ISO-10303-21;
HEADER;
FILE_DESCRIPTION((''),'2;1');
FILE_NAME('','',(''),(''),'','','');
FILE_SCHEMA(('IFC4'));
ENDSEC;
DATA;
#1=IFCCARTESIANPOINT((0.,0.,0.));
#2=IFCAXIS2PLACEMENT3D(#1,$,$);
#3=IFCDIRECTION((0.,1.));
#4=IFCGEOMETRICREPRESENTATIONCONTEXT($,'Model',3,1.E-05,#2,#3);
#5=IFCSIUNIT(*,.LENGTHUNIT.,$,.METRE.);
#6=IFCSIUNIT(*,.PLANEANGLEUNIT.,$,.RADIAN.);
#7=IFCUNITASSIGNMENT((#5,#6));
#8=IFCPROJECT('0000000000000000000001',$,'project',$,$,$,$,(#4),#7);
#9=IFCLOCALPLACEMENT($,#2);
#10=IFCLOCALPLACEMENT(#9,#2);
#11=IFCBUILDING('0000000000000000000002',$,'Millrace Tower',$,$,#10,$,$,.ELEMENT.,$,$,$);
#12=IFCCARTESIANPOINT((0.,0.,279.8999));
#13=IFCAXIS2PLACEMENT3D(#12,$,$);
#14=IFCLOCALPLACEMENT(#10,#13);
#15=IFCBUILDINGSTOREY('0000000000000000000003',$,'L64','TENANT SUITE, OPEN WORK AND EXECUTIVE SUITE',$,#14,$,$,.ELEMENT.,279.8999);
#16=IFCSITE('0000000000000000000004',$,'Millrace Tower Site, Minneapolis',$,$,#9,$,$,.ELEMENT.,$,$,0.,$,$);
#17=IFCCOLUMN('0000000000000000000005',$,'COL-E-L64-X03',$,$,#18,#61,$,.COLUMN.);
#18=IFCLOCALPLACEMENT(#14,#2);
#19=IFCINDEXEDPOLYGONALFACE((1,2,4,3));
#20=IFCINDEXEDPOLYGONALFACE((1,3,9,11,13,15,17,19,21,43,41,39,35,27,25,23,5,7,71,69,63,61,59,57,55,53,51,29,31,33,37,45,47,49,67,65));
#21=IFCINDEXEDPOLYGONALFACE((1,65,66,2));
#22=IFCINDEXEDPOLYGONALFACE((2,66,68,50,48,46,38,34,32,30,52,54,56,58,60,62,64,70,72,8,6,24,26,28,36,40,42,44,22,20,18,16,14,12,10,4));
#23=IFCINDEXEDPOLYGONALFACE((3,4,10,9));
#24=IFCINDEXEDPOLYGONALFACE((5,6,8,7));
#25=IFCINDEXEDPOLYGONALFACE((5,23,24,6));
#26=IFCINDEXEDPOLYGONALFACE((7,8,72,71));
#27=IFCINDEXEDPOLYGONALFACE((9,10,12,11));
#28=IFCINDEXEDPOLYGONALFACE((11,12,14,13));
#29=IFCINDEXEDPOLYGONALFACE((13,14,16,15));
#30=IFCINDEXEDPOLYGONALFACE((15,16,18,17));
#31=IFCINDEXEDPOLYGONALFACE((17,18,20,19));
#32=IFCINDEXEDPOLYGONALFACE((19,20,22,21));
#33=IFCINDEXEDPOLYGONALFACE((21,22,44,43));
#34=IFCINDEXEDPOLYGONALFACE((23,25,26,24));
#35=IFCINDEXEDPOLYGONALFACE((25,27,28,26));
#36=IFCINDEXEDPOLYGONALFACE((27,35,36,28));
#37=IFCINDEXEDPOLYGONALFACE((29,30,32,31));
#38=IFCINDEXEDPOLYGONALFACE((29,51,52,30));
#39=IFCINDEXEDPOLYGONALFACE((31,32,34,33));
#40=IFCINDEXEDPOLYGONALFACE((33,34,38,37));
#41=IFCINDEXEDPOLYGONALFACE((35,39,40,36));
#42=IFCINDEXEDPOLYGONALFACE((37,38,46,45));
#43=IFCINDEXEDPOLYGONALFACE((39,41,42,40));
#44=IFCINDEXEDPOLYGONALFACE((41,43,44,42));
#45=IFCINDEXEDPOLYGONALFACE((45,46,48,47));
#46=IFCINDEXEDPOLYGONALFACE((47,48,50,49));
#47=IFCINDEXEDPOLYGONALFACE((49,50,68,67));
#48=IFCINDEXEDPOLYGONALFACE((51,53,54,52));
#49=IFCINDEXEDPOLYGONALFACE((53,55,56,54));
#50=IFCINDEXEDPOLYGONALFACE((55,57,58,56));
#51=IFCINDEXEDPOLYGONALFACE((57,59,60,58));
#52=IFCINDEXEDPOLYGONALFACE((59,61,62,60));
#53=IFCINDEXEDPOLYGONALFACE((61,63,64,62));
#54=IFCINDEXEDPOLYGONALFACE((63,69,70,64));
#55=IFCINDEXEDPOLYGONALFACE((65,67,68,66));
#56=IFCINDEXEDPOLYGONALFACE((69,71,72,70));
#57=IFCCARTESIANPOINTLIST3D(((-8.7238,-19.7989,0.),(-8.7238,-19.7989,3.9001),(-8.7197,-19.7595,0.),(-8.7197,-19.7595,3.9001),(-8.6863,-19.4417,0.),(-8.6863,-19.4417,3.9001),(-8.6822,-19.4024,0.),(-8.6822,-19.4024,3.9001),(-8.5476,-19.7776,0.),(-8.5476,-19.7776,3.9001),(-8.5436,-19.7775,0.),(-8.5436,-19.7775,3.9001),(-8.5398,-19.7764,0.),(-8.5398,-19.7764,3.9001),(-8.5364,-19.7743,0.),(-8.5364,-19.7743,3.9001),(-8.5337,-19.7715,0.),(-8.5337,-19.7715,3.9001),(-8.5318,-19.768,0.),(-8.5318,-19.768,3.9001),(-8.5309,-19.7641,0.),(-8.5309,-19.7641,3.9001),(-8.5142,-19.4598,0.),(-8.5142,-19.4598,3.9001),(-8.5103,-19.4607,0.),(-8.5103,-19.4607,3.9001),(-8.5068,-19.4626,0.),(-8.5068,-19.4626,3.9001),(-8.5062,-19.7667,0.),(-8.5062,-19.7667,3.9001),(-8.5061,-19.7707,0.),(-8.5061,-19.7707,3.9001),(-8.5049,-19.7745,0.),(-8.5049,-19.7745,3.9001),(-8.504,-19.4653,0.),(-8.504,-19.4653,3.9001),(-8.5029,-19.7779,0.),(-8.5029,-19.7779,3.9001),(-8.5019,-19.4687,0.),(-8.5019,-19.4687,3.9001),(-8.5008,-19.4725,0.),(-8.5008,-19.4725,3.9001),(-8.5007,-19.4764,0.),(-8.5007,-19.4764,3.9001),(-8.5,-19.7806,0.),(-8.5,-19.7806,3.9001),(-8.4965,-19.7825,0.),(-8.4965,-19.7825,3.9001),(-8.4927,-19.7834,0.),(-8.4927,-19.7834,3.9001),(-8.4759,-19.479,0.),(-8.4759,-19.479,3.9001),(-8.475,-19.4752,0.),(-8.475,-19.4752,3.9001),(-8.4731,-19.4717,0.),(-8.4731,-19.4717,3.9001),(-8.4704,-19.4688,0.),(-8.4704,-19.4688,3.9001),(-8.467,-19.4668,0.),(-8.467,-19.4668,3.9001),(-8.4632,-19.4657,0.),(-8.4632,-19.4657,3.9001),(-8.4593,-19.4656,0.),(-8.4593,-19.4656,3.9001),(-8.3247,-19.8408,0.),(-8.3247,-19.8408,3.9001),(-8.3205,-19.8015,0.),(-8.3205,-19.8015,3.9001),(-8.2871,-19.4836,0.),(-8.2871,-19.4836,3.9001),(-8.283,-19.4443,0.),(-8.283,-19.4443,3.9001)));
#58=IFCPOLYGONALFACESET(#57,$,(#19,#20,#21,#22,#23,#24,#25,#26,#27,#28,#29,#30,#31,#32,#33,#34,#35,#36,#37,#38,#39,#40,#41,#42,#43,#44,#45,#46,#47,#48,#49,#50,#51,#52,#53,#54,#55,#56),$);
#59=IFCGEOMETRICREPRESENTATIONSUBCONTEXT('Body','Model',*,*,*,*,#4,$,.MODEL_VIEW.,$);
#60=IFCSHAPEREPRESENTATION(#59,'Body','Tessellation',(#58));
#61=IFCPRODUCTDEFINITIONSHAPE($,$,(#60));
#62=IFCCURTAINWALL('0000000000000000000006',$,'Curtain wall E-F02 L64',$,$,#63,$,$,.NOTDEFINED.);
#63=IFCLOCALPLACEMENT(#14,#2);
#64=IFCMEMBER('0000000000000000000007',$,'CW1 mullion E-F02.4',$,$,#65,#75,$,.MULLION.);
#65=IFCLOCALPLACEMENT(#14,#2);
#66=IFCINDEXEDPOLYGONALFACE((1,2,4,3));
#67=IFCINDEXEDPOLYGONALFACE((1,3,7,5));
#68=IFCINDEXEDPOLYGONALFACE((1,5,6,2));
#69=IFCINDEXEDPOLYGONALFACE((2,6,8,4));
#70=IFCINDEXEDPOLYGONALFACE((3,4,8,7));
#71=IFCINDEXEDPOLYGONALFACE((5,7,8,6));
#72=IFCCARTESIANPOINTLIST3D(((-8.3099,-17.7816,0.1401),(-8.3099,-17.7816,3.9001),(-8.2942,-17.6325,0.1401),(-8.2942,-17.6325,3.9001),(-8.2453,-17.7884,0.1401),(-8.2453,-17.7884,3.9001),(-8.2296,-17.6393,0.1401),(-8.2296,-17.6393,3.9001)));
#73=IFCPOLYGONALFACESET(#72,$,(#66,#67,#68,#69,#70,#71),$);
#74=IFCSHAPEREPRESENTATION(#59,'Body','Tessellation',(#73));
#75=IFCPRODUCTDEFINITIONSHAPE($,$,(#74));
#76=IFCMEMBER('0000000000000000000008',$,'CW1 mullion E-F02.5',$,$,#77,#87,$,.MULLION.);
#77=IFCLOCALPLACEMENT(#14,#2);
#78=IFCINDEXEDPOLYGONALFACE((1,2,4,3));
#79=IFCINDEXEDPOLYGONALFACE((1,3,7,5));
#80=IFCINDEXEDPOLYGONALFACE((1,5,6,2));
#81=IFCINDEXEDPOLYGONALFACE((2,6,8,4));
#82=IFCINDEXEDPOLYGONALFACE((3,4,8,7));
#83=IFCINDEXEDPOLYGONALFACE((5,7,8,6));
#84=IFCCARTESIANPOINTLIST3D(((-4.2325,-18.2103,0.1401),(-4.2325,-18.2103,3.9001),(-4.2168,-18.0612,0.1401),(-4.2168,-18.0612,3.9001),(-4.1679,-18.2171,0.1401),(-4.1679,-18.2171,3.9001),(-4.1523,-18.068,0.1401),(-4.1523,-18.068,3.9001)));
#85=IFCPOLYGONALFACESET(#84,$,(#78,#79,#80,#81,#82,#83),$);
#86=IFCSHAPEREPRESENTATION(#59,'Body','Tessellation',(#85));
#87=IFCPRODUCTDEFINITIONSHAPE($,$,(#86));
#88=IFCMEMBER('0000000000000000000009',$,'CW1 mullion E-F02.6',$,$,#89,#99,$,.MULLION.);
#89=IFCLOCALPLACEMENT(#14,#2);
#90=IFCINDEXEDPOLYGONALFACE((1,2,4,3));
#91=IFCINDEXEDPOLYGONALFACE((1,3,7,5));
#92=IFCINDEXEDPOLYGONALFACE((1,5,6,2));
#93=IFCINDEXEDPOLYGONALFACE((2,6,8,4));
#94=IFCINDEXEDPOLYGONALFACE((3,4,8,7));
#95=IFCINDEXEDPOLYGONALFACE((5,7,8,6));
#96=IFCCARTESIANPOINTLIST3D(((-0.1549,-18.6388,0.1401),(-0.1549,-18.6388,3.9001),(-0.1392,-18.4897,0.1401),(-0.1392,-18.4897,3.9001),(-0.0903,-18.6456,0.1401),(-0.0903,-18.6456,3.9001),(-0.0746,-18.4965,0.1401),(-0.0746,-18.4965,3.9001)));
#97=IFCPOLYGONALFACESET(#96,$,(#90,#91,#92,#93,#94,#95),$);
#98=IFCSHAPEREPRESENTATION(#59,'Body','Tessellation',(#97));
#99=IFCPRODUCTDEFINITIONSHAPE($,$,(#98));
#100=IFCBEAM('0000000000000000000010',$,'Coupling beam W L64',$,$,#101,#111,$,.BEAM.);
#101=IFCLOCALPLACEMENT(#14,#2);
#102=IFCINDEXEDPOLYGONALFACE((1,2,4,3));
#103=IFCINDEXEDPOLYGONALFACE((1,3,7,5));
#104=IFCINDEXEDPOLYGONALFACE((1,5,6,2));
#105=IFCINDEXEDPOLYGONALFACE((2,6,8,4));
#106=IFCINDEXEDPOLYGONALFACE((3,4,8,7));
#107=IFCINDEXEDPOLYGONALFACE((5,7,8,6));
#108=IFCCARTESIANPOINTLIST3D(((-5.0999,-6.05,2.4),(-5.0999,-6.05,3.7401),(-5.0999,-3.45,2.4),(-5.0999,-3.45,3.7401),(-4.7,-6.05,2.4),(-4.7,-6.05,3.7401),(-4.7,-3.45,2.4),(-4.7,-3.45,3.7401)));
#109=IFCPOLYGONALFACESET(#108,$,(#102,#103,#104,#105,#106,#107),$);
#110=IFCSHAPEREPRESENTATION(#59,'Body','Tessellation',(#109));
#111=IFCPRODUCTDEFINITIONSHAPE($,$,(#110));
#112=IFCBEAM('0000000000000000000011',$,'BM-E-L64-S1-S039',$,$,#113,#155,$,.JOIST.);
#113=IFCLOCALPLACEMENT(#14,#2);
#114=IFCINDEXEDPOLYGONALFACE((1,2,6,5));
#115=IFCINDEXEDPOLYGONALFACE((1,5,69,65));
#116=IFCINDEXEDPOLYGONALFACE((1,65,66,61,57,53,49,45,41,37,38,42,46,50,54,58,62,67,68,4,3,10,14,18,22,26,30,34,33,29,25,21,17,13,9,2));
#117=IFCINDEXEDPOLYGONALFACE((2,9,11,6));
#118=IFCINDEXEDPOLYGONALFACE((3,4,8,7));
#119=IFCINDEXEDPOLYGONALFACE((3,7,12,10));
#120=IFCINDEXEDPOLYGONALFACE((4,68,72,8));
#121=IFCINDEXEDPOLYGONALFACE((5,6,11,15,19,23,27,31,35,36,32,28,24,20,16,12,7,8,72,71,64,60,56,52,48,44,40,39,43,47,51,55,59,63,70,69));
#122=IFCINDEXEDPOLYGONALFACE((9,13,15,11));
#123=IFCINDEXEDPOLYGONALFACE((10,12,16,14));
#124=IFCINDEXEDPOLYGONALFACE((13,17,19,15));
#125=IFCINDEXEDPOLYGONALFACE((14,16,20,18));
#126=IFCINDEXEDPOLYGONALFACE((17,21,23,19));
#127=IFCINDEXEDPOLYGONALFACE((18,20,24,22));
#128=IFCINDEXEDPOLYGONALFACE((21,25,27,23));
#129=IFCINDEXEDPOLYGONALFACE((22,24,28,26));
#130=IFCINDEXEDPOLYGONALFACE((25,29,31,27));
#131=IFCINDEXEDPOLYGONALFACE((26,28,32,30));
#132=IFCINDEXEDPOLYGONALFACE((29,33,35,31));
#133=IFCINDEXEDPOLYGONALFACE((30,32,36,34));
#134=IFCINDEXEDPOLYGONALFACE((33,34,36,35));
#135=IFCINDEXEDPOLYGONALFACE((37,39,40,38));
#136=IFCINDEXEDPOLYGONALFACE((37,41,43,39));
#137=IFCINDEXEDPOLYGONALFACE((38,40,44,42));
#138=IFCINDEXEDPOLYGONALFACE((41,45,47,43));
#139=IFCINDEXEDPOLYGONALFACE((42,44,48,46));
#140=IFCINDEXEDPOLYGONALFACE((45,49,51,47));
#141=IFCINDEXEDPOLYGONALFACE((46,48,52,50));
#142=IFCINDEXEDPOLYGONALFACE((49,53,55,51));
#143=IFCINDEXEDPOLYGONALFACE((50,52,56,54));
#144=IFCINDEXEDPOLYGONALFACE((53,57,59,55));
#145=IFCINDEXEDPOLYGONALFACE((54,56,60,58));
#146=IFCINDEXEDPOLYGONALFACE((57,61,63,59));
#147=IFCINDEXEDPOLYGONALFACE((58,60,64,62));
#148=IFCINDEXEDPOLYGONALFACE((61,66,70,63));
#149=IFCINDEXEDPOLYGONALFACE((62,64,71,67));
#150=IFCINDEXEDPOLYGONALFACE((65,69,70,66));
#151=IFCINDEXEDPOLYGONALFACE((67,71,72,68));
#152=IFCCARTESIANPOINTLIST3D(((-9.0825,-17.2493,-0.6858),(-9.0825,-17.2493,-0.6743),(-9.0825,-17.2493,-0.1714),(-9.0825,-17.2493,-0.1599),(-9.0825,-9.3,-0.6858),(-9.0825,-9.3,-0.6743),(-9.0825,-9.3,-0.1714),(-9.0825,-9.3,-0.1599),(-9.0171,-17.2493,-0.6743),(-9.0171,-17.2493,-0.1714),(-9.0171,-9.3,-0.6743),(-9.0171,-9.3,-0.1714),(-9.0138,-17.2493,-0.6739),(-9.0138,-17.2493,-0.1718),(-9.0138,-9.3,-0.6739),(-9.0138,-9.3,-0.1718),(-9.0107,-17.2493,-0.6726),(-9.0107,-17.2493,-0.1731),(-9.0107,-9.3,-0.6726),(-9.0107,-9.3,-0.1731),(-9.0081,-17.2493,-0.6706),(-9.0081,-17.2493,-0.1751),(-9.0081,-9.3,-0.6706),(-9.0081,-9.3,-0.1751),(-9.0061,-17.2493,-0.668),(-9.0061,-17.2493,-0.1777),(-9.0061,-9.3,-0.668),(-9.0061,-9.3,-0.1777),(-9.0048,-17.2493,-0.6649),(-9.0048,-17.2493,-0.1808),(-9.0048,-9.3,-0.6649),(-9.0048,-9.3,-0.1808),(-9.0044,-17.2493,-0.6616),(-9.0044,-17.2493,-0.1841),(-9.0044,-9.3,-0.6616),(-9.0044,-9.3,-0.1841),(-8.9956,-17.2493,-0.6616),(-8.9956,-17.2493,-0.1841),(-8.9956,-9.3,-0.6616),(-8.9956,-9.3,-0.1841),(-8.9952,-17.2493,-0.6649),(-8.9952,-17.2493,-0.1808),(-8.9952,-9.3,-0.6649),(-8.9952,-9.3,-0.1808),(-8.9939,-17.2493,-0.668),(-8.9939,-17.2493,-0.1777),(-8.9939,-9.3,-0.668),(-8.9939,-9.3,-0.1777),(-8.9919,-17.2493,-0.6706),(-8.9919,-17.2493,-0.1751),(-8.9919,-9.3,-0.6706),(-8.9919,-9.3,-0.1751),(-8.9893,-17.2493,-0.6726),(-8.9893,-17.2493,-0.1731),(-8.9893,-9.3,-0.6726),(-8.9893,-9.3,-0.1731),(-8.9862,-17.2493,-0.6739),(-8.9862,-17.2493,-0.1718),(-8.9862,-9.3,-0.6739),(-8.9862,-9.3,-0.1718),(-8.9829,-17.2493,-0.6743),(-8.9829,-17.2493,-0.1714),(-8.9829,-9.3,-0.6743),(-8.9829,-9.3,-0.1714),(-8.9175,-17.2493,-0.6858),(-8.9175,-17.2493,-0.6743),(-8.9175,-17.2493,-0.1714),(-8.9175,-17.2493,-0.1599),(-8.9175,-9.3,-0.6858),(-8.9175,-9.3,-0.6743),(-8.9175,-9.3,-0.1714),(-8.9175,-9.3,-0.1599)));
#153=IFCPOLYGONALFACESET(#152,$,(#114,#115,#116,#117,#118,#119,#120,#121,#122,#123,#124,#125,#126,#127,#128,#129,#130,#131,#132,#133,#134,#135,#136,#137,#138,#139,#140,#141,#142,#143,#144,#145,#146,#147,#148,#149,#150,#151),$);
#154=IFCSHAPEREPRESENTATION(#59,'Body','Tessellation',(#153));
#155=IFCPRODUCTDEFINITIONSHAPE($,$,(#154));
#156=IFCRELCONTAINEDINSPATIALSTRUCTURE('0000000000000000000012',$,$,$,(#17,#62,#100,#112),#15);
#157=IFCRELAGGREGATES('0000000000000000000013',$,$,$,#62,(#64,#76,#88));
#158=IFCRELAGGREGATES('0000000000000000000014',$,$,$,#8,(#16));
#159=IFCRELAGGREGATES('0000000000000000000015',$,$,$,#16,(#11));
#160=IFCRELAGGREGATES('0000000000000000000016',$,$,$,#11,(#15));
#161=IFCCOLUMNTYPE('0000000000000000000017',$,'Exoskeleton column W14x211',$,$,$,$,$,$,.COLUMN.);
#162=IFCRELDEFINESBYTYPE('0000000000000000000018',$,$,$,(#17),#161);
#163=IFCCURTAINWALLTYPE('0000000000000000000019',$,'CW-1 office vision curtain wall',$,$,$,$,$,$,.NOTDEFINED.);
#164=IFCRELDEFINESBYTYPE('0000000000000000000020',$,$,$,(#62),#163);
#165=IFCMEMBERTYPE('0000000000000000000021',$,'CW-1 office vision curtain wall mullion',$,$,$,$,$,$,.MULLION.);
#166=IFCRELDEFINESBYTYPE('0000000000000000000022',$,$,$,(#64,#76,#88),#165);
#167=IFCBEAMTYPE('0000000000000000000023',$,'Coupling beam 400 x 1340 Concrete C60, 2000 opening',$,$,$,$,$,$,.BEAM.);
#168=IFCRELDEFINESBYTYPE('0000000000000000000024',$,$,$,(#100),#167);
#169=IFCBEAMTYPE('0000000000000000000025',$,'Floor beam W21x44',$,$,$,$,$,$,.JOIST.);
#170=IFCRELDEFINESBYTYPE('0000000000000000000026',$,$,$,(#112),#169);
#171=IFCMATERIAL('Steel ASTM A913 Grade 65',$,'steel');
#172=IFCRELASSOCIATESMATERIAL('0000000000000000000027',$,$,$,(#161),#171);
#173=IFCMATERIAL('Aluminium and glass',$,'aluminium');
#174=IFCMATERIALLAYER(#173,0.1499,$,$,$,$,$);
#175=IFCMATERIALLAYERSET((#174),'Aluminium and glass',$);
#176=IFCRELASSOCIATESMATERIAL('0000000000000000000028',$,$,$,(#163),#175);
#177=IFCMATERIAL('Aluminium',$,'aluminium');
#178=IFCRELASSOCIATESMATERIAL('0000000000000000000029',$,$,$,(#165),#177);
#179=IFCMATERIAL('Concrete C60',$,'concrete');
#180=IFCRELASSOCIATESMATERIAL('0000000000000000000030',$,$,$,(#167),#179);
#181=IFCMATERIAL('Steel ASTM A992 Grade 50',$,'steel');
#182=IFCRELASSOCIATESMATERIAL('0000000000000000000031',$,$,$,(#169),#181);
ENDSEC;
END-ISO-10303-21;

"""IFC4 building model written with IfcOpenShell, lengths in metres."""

from ifc_helpers import new_model, si_unit, direction, frame, origin, origin_2d, place, context, subcontext, project, spatial, rectangle, i_section, extrude, material, layer, layer_set, material_profile, profile_set, type_object, element, aggregate, save


model = new_model("IFC4")

# Units and contexts
model_context = context("Model", 3, precision=1e-05, world=origin(), true_north=direction((0.0, 1.0)))
body_context = subcontext(model_context, "Body", "Model", "MODEL_VIEW")
ifc_project = project(units=[si_unit("LENGTHUNIT", "METRE"), si_unit("PLANEANGLEUNIT", "RADIAN")], contexts=[model_context])

# Site, building, storey
site_placement = place(None, origin())
site = spatial("IfcSite", under=ifc_project, at=site_placement, Name="Millrace Tower Site, Minneapolis", CompositionType="ELEMENT", RefElevation=0.0)
building_placement = place(site_placement, origin())
building = spatial("IfcBuilding", under=site, at=building_placement, Name="Millrace Tower", CompositionType="ELEMENT")
storey_placement = place(building_placement, frame((0.0, 0.0, 279.8999)))
storey = spatial("IfcBuildingStorey", under=building, at=storey_placement, Name="L64", Description="TENANT SUITE, OPEN WORK AND EXECUTIVE SUITE", CompositionType="ELEMENT", Elevation=279.8999)

# Column
ifc_material_1 = material(Name="Steel ASTM A913 Grade 65", Category="steel")
ifc_material_profile_1 = material_profile(ifc_material_1, i_section(OverallWidth=0.4014, OverallDepth=0.3987, WebThickness=0.0249, FlangeThickness=0.0396, FilletRadius=0.0151, at=origin_2d()))
ifc_profile_set_1 = profile_set([ifc_material_profile_1], Name="Steel ASTM A913 Grade 65")
column_type = type_object("IfcColumnType", Name="Exoskeleton column W14x211", PredefinedType="COLUMN", material=ifc_profile_set_1)
column_placement = place(storey_placement, frame((-8.5034, -19.6216, 0.0), z_axis=(0.0, 0.0, 1.0), x_axis=(0.994522, -0.104528, 0.0)))
element("IfcColumn", 1, at=column_placement, inside=storey, type_object=column_type, Name="COL-E-L64-X03", PredefinedType="COLUMN", context=body_context, shape_type="SweptSolid", body=[
    extrude(i_section(OverallWidth=0.4014, OverallDepth=0.3987, WebThickness=0.0249, FlangeThickness=0.0396, FilletRadius=0.0151, at=origin_2d()), origin(), (0.0, 0.0, 1.0), 3.9001),
])

# Curtain wall, members
ifc_material_2 = material(Name="Aluminium and glass", Category="aluminium")
ifc_layer_1 = layer(ifc_material_2, 0.1499)
ifc_layer_set_1 = layer_set([ifc_layer_1], Name="Aluminium and glass")
curtain_wall_type = type_object("IfcCurtainWallType", Name="CW-1 office vision curtain wall", PredefinedType="NOTDEFINED", material=ifc_layer_set_1)
curtain_wall_placement = place(storey_placement, origin())
curtain_wall = element("IfcCurtainWall", 2, at=curtain_wall_placement, inside=storey, type_object=curtain_wall_type, Name="Curtain wall E-F02 L64", PredefinedType="NOTDEFINED")
ifc_material_3 = material(Name="Aluminium", Category="aluminium")
ifc_material_profile_2 = material_profile(ifc_material_3, rectangle(XDim=0.0649, YDim=0.1499, at=origin_2d()))
ifc_profile_set_2 = profile_set([ifc_material_profile_2], Name="Aluminium")
member_type = type_object("IfcMemberType", Name="CW-1 office vision curtain wall mullion", PredefinedType="MULLION", material=ifc_profile_set_2)
member_1_placement = place(storey_placement, frame((-8.2698, -17.7104, 0.1401), z_axis=(0.0, 0.0, 1.0), x_axis=(0.994522, -0.104528, 0.0)))
member_1 = element("IfcMember", 3, at=member_1_placement, type_object=member_type, Name="CW1 mullion E-F02.4", PredefinedType="MULLION", context=body_context, shape_type="SweptSolid", body=[
    extrude(rectangle(XDim=0.0649, YDim=0.1499, at=origin_2d()), origin(), (0.0, 0.0, 1.0), 3.76),
])
member_2_placement = place(storey_placement, frame((-4.1924, -18.1392, 0.1401), z_axis=(0.0, 0.0, 1.0), x_axis=(0.994522, -0.104528, 0.0)))
member_2 = element("IfcMember", 4, at=member_2_placement, type_object=member_type, Name="CW1 mullion E-F02.5", PredefinedType="MULLION", context=body_context, shape_type="SweptSolid", body=[
    extrude(rectangle(XDim=0.0649, YDim=0.1499, at=origin_2d()), origin(), (0.0, 0.0, 1.0), 3.76),
])
member_3_placement = place(storey_placement, frame((-0.1147, -18.5676, 0.1401), z_axis=(0.0, 0.0, 1.0), x_axis=(0.994522, -0.104528, 0.0)))
member_3 = element("IfcMember", 5, at=member_3_placement, type_object=member_type, Name="CW1 mullion E-F02.6", PredefinedType="MULLION", context=body_context, shape_type="SweptSolid", body=[
    extrude(rectangle(XDim=0.0649, YDim=0.1499, at=origin_2d()), origin(), (0.0, 0.0, 1.0), 3.76),
])
aggregate(curtain_wall, [member_1, member_2, member_3])

# Beams
ifc_material_4 = material(Name="Concrete C60", Category="concrete")
ifc_material_profile_3 = material_profile(ifc_material_4, rectangle(XDim=0.3999, YDim=1.3401, at=origin_2d()))
ifc_profile_set_3 = profile_set([ifc_material_profile_3], Name="Concrete C60")
beam_type_1 = type_object("IfcBeamType", Name="Coupling beam 400 x 1340 Concrete C60, 2000 opening", PredefinedType="BEAM", material=ifc_profile_set_3)
beam_1_placement = place(storey_placement, frame((-4.8999, -6.05, 3.0701), z_axis=(0.0, 1.0, 0.0), x_axis=(-1.0, 0.0, 0.0)))
element("IfcBeam", 6, at=beam_1_placement, inside=storey, type_object=beam_type_1, Name="Coupling beam W L64", PredefinedType="BEAM", context=body_context, shape_type="SweptSolid", body=[
    extrude(rectangle(XDim=0.3999, YDim=1.3401, at=origin_2d()), origin(), (0.0, 0.0, 1.0), 2.6001),
])
ifc_material_5 = material(Name="Steel ASTM A992 Grade 50", Category="steel")
ifc_material_profile_4 = material_profile(ifc_material_5, i_section(OverallWidth=0.165, OverallDepth=0.5259, WebThickness=0.0088, FlangeThickness=0.0115, FilletRadius=0.0127, at=origin_2d()))
ifc_profile_set_4 = profile_set([ifc_material_profile_4], Name="Steel ASTM A992 Grade 50")
beam_type_2 = type_object("IfcBeamType", Name="Floor beam W21x44", PredefinedType="JOIST", material=ifc_profile_set_4)
beam_2_placement = place(storey_placement, frame((-9.0, -17.2493, -0.4229), z_axis=(0.0, 1.0, 0.0), x_axis=(-1.0, 0.0, 0.0)))
element("IfcBeam", 7, at=beam_2_placement, inside=storey, type_object=beam_type_2, Name="BM-E-L64-S1-S039", PredefinedType="JOIST", context=body_context, shape_type="SweptSolid", body=[
    extrude(i_section(OverallWidth=0.165, OverallDepth=0.5259, WebThickness=0.0088, FlangeThickness=0.0115, FilletRadius=0.0127, at=origin_2d()), origin(), (0.0, 0.0, 1.0), 7.9492),
])

save(model, "model.ifc")
